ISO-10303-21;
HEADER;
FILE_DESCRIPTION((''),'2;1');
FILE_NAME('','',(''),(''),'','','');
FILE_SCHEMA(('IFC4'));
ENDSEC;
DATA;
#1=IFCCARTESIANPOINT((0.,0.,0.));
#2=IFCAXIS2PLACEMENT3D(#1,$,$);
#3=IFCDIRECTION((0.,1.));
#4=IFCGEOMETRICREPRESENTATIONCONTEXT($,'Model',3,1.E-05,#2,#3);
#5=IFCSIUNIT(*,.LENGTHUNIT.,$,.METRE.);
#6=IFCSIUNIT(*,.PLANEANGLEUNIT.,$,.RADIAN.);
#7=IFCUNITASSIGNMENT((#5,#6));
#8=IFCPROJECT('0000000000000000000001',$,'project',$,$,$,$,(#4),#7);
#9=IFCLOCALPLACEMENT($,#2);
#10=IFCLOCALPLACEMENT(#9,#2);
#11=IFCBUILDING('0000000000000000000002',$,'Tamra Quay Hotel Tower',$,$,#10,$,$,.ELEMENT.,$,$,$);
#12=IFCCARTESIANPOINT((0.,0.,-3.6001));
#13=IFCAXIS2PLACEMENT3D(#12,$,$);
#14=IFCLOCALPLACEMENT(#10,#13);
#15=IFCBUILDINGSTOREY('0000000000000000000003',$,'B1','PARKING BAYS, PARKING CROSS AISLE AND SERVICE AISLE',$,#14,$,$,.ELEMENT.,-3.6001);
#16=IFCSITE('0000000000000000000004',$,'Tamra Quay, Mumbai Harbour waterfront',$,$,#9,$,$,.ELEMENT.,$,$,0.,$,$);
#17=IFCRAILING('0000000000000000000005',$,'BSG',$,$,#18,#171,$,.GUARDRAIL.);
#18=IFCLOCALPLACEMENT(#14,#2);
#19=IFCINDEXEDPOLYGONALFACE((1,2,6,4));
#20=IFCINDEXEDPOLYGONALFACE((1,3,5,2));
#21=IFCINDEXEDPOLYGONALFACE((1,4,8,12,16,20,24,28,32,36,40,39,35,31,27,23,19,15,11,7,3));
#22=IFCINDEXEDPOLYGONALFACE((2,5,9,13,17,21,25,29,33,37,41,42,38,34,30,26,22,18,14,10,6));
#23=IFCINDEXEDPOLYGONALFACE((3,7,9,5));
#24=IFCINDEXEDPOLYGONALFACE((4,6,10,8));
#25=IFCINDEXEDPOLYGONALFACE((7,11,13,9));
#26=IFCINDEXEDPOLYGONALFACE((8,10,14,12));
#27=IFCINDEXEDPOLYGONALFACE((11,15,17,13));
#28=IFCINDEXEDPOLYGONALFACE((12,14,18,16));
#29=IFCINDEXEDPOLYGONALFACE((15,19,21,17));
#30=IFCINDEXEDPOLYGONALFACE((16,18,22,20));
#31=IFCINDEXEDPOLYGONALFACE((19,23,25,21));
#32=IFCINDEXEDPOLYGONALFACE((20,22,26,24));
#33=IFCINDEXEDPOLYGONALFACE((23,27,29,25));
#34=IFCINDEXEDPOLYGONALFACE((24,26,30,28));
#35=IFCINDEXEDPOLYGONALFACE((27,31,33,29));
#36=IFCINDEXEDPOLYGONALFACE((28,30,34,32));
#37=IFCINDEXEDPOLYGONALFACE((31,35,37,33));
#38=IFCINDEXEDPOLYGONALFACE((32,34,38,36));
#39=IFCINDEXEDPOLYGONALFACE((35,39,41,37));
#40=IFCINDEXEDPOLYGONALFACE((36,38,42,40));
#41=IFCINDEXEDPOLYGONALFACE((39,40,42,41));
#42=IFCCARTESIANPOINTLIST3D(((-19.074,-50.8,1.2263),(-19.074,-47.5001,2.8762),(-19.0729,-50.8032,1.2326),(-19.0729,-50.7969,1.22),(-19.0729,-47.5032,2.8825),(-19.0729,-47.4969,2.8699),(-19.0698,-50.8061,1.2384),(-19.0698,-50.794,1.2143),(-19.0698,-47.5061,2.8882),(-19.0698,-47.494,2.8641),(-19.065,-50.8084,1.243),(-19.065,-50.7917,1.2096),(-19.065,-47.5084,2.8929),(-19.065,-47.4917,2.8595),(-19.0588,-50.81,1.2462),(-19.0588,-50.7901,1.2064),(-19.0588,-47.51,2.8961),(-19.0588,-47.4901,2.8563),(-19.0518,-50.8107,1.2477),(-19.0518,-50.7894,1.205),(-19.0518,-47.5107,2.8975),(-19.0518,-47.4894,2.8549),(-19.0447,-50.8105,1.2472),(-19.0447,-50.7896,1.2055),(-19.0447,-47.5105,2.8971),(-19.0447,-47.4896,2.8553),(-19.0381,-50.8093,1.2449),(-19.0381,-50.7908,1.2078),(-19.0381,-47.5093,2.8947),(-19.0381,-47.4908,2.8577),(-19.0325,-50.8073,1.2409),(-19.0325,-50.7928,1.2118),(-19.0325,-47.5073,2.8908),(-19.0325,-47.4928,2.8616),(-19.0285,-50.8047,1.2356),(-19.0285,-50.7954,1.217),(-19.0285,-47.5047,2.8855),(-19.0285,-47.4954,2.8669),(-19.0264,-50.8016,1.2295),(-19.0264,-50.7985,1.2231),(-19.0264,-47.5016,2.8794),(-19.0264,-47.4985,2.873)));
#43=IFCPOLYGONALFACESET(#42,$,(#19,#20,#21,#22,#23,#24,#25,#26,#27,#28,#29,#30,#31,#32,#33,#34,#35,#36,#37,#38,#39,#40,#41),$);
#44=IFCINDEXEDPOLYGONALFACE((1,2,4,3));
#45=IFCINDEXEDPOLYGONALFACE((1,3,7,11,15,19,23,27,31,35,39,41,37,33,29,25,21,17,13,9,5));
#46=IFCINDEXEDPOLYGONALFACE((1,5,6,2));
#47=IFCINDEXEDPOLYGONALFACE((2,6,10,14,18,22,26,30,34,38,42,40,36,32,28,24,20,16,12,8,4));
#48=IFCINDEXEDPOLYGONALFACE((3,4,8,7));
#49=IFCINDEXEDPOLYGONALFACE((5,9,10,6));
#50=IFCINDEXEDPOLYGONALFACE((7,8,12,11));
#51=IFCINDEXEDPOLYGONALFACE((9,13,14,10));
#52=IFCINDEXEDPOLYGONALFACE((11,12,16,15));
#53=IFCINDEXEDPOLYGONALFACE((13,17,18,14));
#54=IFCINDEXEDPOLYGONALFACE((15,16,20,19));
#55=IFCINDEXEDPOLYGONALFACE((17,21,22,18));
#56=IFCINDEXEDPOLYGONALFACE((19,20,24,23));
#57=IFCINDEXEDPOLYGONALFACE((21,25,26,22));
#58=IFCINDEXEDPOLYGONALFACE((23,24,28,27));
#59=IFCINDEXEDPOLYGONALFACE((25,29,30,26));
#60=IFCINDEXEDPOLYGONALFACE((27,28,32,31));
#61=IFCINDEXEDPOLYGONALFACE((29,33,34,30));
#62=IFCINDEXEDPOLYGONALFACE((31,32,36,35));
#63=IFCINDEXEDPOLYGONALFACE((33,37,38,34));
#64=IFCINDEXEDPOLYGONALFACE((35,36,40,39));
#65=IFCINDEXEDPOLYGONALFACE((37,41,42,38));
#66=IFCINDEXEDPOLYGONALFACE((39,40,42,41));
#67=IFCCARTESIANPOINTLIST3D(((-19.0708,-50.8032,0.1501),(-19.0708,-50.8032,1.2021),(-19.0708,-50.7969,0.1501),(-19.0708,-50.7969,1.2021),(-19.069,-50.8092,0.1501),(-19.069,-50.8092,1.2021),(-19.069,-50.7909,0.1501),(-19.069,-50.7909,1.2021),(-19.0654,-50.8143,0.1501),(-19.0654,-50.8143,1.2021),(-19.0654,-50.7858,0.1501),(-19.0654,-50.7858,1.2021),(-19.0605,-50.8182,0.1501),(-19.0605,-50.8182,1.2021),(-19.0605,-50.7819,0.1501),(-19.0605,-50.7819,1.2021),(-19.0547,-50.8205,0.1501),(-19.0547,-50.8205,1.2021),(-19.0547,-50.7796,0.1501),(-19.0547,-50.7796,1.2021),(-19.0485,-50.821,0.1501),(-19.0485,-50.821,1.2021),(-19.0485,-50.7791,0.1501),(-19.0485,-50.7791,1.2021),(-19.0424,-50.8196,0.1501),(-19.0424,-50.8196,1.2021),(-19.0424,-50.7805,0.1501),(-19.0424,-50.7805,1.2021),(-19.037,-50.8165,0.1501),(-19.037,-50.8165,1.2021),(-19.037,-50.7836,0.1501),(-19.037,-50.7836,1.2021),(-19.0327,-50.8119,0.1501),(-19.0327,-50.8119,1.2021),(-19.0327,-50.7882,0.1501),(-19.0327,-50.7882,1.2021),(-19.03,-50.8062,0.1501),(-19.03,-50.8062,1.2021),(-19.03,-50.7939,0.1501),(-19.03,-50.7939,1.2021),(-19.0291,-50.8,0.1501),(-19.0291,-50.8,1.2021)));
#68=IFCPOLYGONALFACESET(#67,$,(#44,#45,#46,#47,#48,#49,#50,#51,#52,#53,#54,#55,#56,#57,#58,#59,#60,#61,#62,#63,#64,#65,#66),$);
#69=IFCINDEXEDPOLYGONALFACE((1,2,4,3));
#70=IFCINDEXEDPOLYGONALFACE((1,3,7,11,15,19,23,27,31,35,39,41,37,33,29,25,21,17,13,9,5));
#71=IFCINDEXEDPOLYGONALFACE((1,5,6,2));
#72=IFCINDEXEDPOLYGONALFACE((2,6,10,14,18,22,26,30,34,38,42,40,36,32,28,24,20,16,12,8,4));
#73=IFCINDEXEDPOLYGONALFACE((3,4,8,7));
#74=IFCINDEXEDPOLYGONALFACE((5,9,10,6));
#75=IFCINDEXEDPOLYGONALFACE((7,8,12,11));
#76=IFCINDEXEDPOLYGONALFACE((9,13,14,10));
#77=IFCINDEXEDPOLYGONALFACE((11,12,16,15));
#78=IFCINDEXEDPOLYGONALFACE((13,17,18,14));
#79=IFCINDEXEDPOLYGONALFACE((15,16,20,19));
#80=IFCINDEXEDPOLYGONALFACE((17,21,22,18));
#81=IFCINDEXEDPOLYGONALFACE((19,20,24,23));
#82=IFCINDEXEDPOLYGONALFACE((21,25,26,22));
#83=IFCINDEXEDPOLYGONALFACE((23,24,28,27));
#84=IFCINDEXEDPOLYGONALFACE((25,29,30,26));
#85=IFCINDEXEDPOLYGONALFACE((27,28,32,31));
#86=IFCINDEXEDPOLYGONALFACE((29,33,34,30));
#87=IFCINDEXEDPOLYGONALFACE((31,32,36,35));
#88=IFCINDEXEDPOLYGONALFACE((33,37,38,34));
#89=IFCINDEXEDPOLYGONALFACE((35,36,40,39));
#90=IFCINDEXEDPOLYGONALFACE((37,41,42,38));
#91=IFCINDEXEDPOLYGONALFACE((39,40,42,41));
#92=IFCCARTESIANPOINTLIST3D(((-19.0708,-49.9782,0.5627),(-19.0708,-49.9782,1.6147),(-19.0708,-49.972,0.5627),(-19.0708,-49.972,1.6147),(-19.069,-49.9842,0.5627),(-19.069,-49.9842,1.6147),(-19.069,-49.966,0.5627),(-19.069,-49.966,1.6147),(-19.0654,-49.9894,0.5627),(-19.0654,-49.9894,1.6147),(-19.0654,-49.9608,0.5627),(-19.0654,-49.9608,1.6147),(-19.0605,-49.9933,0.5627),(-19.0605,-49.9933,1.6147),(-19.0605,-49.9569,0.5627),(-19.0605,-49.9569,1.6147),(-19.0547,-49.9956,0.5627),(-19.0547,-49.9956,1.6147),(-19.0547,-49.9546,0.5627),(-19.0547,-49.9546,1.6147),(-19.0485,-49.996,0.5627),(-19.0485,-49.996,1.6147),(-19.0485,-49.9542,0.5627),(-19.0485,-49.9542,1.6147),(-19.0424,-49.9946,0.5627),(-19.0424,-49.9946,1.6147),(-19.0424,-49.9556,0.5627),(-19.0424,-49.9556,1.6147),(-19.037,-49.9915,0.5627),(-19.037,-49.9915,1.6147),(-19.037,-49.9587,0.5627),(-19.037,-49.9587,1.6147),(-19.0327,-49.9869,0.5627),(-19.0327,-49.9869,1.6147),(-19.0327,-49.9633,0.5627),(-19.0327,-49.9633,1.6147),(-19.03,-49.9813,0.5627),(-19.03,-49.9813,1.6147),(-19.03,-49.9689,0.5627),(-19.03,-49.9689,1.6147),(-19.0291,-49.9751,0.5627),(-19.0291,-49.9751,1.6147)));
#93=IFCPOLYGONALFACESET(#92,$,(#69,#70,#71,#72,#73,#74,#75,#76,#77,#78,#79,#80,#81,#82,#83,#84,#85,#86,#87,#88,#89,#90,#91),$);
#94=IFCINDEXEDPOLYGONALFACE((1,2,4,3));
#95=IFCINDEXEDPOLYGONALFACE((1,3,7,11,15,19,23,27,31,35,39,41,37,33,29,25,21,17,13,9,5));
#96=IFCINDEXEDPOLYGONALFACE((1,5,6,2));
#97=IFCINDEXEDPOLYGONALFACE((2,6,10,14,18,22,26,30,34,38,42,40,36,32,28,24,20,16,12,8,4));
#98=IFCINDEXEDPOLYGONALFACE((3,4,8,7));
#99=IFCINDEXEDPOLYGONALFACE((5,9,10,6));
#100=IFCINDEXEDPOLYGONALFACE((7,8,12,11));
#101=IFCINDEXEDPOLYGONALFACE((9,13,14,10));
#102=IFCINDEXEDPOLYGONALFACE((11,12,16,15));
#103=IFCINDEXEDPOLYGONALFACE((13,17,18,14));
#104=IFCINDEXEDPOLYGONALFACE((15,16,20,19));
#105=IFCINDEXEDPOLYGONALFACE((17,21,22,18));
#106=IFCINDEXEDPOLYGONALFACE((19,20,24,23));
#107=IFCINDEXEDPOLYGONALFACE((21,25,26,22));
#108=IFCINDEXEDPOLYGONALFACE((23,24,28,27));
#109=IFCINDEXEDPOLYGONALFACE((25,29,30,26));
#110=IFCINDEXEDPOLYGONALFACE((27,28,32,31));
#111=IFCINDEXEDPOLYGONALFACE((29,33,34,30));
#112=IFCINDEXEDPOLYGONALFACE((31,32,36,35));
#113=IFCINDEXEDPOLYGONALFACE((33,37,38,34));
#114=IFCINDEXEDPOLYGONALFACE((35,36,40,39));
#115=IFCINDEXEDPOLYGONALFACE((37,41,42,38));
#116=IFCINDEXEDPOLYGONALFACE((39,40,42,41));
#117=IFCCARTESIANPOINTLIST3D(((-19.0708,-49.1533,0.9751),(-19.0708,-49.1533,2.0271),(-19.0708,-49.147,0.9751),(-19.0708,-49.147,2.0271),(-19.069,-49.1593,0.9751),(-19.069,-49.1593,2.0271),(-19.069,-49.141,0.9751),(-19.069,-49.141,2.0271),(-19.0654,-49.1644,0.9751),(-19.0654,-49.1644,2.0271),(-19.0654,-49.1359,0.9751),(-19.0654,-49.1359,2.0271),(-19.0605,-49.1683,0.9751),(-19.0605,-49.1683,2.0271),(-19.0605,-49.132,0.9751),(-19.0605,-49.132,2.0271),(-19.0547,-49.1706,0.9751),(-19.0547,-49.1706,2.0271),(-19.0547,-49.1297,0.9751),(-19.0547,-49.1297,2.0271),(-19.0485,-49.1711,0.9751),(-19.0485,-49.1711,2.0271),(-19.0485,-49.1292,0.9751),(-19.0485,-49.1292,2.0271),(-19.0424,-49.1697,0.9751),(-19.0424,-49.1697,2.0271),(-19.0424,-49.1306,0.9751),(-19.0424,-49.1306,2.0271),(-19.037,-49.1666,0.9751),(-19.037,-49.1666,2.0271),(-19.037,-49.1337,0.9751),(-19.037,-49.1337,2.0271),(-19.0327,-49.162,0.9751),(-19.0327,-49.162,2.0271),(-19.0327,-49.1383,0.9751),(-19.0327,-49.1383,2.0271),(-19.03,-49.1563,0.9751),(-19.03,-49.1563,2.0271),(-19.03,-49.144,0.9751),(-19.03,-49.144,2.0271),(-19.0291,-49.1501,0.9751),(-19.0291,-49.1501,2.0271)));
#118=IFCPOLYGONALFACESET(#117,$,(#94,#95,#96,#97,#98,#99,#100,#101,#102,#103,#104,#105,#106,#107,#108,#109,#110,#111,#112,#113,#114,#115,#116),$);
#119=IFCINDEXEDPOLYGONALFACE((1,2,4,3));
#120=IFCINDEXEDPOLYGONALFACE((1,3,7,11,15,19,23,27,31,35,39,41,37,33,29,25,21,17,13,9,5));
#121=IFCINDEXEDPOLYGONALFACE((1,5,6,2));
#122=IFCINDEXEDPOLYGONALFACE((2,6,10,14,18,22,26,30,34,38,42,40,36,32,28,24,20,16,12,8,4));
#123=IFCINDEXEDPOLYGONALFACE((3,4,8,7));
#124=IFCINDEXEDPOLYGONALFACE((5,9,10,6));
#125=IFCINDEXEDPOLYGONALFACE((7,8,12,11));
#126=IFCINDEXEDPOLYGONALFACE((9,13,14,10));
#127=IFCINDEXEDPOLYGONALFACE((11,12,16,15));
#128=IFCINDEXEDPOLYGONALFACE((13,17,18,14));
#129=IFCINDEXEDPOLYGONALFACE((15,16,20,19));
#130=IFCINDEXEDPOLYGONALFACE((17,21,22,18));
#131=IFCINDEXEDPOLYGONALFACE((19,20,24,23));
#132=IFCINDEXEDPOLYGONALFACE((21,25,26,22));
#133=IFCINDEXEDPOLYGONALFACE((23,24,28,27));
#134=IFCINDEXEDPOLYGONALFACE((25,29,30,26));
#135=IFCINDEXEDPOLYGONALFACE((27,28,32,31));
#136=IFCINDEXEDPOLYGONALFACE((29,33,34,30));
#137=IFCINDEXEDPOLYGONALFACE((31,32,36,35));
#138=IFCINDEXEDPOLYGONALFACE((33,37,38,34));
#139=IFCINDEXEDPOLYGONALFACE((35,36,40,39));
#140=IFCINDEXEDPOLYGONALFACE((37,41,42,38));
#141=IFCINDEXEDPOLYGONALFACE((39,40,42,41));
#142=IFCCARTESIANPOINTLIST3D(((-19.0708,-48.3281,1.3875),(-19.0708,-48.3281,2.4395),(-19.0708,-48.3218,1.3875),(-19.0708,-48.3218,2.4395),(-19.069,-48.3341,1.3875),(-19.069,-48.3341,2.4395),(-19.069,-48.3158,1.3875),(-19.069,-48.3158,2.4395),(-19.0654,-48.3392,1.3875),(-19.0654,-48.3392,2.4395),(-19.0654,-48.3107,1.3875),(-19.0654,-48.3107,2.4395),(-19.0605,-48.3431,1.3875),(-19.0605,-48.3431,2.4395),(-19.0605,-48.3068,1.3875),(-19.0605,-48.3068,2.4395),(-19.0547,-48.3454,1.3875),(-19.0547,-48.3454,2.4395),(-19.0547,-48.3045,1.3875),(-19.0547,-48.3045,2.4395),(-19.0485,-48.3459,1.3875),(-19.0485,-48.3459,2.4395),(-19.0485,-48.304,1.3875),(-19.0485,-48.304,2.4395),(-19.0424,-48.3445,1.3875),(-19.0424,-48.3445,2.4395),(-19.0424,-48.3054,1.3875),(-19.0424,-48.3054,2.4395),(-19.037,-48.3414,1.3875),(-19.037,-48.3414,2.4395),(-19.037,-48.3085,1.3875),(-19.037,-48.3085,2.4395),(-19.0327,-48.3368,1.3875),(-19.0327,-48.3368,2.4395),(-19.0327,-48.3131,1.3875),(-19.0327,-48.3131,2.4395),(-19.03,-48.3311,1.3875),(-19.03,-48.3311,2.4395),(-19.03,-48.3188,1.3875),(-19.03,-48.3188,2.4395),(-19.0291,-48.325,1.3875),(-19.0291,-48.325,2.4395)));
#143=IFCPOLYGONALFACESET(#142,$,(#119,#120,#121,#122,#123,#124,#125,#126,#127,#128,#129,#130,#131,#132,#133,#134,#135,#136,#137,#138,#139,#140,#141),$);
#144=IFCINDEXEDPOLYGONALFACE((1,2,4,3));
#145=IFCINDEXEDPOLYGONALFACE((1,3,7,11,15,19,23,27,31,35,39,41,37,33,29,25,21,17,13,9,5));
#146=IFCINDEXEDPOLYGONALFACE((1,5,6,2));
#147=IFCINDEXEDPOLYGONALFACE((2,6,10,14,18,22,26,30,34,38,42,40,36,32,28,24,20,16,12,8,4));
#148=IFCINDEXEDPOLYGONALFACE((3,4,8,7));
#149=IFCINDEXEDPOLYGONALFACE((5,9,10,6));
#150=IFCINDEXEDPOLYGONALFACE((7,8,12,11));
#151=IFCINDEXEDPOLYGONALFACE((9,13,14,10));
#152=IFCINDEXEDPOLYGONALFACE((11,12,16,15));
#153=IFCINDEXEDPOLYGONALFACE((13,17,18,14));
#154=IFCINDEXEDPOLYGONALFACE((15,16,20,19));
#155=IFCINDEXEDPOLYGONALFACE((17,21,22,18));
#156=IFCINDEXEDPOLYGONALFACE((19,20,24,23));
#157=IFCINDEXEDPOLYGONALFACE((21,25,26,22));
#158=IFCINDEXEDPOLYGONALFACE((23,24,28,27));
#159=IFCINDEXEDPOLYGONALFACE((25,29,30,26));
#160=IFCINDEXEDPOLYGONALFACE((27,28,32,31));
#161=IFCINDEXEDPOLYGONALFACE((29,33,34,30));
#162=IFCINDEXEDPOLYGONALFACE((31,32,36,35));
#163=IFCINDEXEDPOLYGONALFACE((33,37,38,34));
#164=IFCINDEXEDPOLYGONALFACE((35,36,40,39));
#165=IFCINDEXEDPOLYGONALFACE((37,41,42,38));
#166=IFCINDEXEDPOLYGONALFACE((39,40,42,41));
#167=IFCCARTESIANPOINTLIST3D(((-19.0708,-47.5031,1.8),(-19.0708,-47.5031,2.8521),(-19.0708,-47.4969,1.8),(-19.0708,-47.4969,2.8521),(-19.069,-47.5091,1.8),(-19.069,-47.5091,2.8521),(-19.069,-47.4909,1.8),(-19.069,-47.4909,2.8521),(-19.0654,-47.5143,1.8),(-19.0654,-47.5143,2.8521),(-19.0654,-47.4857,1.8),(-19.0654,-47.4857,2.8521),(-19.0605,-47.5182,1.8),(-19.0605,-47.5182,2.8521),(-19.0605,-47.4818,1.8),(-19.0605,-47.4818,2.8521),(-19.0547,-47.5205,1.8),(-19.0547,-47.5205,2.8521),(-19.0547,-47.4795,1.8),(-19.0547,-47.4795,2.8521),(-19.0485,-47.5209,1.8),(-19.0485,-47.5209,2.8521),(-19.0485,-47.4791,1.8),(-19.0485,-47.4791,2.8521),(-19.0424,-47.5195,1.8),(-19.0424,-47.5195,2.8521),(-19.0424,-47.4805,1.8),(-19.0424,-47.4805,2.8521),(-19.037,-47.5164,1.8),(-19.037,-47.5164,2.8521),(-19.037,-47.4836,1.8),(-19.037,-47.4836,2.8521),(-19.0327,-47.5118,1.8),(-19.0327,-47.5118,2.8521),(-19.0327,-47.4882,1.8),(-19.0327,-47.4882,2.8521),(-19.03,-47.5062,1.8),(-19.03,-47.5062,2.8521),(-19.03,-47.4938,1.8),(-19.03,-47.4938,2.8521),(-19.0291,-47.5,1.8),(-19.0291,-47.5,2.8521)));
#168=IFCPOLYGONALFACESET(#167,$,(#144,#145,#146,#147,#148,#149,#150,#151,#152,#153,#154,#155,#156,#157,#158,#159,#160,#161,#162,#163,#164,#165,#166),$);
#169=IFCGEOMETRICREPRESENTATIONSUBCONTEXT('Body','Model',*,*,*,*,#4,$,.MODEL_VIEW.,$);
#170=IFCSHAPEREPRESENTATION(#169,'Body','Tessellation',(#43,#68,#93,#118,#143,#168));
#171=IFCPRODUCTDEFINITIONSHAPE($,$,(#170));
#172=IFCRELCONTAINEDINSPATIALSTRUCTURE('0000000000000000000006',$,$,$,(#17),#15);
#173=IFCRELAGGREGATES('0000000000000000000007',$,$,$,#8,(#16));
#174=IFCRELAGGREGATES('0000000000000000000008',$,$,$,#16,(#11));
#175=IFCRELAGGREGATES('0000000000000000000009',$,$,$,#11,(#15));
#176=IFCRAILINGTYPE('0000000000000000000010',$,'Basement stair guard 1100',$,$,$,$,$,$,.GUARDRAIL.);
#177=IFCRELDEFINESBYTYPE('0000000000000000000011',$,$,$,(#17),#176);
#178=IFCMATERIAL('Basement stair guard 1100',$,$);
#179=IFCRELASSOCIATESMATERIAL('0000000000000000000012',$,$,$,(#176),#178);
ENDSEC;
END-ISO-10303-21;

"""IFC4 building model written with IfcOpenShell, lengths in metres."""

from ifc_helpers import new_model, si_unit, direction, frame, origin, origin_2d, place, context, subcontext, project, spatial, circle, extrude, material, type_object, element, save


model = new_model("IFC4")

# Units and contexts
model_context = context("Model", 3, precision=1e-05, world=origin(), true_north=direction((0.0, 1.0)))
body_context = subcontext(model_context, "Body", "Model", "MODEL_VIEW")
ifc_project = project(units=[si_unit("LENGTHUNIT", "METRE"), si_unit("PLANEANGLEUNIT", "RADIAN")], contexts=[model_context])

# Site, building, storey
site_placement = place(None, origin())
site = spatial("IfcSite", under=ifc_project, at=site_placement, Name="Tamra Quay, Mumbai Harbour waterfront", CompositionType="ELEMENT", RefElevation=0.0)
building_placement = place(site_placement, origin())
building = spatial("IfcBuilding", under=site, at=building_placement, Name="Tamra Quay Hotel Tower", CompositionType="ELEMENT")
storey_placement = place(building_placement, frame((0.0, 0.0, -3.6001)))
storey = spatial("IfcBuildingStorey", under=building, at=storey_placement, Name="B1", Description="PARKING BAYS, PARKING CROSS AISLE AND SERVICE AISLE", CompositionType="ELEMENT", Elevation=-3.6001)

# Railing
ifc_material_1 = material(Name="Basement stair guard 1100")
railing_type_1 = type_object("IfcRailingType", Name="Basement stair guard 1100", PredefinedType="GUARDRAIL", material=ifc_material_1)
railing_1_placement = place(storey_placement, frame((-19.05, -50.8, 0.1501)))
element("IfcRailing", 1, at=railing_1_placement, inside=storey, type_object=railing_type_1, Name="BSG", PredefinedType="GUARDRAIL", context=body_context, shape_type="SweptSolid", body=[
    extrude(circle(Radius=0.0239, at=origin_2d()), frame((0.0, 0.0, 1.0762), z_axis=(0.0, 0.89444, 0.447187), x_axis=(-1.0, 0.0, 0.0)), (0.0, 0.0, 1.0), 3.6895),
    extrude(circle(Radius=0.021, at=origin_2d()), origin(), (0.0, 0.0, 1.0), 1.052),
    extrude(circle(Radius=0.021, at=origin_2d()), frame((0.0, 0.825, 0.4126)), (0.0, 0.0, 1.0), 1.052),
    extrude(circle(Radius=0.021, at=origin_2d()), frame((0.0, 1.6499, 0.825)), (0.0, 0.0, 1.0), 1.052),
    extrude(circle(Radius=0.021, at=origin_2d()), frame((0.0, 2.4751, 1.2373)), (0.0, 0.0, 1.0), 1.052),
    extrude(circle(Radius=0.021, at=origin_2d()), frame((0.0, 3.3, 1.6499)), (0.0, 0.0, 1.0), 1.052),
])

save(model, "model.ifc")
